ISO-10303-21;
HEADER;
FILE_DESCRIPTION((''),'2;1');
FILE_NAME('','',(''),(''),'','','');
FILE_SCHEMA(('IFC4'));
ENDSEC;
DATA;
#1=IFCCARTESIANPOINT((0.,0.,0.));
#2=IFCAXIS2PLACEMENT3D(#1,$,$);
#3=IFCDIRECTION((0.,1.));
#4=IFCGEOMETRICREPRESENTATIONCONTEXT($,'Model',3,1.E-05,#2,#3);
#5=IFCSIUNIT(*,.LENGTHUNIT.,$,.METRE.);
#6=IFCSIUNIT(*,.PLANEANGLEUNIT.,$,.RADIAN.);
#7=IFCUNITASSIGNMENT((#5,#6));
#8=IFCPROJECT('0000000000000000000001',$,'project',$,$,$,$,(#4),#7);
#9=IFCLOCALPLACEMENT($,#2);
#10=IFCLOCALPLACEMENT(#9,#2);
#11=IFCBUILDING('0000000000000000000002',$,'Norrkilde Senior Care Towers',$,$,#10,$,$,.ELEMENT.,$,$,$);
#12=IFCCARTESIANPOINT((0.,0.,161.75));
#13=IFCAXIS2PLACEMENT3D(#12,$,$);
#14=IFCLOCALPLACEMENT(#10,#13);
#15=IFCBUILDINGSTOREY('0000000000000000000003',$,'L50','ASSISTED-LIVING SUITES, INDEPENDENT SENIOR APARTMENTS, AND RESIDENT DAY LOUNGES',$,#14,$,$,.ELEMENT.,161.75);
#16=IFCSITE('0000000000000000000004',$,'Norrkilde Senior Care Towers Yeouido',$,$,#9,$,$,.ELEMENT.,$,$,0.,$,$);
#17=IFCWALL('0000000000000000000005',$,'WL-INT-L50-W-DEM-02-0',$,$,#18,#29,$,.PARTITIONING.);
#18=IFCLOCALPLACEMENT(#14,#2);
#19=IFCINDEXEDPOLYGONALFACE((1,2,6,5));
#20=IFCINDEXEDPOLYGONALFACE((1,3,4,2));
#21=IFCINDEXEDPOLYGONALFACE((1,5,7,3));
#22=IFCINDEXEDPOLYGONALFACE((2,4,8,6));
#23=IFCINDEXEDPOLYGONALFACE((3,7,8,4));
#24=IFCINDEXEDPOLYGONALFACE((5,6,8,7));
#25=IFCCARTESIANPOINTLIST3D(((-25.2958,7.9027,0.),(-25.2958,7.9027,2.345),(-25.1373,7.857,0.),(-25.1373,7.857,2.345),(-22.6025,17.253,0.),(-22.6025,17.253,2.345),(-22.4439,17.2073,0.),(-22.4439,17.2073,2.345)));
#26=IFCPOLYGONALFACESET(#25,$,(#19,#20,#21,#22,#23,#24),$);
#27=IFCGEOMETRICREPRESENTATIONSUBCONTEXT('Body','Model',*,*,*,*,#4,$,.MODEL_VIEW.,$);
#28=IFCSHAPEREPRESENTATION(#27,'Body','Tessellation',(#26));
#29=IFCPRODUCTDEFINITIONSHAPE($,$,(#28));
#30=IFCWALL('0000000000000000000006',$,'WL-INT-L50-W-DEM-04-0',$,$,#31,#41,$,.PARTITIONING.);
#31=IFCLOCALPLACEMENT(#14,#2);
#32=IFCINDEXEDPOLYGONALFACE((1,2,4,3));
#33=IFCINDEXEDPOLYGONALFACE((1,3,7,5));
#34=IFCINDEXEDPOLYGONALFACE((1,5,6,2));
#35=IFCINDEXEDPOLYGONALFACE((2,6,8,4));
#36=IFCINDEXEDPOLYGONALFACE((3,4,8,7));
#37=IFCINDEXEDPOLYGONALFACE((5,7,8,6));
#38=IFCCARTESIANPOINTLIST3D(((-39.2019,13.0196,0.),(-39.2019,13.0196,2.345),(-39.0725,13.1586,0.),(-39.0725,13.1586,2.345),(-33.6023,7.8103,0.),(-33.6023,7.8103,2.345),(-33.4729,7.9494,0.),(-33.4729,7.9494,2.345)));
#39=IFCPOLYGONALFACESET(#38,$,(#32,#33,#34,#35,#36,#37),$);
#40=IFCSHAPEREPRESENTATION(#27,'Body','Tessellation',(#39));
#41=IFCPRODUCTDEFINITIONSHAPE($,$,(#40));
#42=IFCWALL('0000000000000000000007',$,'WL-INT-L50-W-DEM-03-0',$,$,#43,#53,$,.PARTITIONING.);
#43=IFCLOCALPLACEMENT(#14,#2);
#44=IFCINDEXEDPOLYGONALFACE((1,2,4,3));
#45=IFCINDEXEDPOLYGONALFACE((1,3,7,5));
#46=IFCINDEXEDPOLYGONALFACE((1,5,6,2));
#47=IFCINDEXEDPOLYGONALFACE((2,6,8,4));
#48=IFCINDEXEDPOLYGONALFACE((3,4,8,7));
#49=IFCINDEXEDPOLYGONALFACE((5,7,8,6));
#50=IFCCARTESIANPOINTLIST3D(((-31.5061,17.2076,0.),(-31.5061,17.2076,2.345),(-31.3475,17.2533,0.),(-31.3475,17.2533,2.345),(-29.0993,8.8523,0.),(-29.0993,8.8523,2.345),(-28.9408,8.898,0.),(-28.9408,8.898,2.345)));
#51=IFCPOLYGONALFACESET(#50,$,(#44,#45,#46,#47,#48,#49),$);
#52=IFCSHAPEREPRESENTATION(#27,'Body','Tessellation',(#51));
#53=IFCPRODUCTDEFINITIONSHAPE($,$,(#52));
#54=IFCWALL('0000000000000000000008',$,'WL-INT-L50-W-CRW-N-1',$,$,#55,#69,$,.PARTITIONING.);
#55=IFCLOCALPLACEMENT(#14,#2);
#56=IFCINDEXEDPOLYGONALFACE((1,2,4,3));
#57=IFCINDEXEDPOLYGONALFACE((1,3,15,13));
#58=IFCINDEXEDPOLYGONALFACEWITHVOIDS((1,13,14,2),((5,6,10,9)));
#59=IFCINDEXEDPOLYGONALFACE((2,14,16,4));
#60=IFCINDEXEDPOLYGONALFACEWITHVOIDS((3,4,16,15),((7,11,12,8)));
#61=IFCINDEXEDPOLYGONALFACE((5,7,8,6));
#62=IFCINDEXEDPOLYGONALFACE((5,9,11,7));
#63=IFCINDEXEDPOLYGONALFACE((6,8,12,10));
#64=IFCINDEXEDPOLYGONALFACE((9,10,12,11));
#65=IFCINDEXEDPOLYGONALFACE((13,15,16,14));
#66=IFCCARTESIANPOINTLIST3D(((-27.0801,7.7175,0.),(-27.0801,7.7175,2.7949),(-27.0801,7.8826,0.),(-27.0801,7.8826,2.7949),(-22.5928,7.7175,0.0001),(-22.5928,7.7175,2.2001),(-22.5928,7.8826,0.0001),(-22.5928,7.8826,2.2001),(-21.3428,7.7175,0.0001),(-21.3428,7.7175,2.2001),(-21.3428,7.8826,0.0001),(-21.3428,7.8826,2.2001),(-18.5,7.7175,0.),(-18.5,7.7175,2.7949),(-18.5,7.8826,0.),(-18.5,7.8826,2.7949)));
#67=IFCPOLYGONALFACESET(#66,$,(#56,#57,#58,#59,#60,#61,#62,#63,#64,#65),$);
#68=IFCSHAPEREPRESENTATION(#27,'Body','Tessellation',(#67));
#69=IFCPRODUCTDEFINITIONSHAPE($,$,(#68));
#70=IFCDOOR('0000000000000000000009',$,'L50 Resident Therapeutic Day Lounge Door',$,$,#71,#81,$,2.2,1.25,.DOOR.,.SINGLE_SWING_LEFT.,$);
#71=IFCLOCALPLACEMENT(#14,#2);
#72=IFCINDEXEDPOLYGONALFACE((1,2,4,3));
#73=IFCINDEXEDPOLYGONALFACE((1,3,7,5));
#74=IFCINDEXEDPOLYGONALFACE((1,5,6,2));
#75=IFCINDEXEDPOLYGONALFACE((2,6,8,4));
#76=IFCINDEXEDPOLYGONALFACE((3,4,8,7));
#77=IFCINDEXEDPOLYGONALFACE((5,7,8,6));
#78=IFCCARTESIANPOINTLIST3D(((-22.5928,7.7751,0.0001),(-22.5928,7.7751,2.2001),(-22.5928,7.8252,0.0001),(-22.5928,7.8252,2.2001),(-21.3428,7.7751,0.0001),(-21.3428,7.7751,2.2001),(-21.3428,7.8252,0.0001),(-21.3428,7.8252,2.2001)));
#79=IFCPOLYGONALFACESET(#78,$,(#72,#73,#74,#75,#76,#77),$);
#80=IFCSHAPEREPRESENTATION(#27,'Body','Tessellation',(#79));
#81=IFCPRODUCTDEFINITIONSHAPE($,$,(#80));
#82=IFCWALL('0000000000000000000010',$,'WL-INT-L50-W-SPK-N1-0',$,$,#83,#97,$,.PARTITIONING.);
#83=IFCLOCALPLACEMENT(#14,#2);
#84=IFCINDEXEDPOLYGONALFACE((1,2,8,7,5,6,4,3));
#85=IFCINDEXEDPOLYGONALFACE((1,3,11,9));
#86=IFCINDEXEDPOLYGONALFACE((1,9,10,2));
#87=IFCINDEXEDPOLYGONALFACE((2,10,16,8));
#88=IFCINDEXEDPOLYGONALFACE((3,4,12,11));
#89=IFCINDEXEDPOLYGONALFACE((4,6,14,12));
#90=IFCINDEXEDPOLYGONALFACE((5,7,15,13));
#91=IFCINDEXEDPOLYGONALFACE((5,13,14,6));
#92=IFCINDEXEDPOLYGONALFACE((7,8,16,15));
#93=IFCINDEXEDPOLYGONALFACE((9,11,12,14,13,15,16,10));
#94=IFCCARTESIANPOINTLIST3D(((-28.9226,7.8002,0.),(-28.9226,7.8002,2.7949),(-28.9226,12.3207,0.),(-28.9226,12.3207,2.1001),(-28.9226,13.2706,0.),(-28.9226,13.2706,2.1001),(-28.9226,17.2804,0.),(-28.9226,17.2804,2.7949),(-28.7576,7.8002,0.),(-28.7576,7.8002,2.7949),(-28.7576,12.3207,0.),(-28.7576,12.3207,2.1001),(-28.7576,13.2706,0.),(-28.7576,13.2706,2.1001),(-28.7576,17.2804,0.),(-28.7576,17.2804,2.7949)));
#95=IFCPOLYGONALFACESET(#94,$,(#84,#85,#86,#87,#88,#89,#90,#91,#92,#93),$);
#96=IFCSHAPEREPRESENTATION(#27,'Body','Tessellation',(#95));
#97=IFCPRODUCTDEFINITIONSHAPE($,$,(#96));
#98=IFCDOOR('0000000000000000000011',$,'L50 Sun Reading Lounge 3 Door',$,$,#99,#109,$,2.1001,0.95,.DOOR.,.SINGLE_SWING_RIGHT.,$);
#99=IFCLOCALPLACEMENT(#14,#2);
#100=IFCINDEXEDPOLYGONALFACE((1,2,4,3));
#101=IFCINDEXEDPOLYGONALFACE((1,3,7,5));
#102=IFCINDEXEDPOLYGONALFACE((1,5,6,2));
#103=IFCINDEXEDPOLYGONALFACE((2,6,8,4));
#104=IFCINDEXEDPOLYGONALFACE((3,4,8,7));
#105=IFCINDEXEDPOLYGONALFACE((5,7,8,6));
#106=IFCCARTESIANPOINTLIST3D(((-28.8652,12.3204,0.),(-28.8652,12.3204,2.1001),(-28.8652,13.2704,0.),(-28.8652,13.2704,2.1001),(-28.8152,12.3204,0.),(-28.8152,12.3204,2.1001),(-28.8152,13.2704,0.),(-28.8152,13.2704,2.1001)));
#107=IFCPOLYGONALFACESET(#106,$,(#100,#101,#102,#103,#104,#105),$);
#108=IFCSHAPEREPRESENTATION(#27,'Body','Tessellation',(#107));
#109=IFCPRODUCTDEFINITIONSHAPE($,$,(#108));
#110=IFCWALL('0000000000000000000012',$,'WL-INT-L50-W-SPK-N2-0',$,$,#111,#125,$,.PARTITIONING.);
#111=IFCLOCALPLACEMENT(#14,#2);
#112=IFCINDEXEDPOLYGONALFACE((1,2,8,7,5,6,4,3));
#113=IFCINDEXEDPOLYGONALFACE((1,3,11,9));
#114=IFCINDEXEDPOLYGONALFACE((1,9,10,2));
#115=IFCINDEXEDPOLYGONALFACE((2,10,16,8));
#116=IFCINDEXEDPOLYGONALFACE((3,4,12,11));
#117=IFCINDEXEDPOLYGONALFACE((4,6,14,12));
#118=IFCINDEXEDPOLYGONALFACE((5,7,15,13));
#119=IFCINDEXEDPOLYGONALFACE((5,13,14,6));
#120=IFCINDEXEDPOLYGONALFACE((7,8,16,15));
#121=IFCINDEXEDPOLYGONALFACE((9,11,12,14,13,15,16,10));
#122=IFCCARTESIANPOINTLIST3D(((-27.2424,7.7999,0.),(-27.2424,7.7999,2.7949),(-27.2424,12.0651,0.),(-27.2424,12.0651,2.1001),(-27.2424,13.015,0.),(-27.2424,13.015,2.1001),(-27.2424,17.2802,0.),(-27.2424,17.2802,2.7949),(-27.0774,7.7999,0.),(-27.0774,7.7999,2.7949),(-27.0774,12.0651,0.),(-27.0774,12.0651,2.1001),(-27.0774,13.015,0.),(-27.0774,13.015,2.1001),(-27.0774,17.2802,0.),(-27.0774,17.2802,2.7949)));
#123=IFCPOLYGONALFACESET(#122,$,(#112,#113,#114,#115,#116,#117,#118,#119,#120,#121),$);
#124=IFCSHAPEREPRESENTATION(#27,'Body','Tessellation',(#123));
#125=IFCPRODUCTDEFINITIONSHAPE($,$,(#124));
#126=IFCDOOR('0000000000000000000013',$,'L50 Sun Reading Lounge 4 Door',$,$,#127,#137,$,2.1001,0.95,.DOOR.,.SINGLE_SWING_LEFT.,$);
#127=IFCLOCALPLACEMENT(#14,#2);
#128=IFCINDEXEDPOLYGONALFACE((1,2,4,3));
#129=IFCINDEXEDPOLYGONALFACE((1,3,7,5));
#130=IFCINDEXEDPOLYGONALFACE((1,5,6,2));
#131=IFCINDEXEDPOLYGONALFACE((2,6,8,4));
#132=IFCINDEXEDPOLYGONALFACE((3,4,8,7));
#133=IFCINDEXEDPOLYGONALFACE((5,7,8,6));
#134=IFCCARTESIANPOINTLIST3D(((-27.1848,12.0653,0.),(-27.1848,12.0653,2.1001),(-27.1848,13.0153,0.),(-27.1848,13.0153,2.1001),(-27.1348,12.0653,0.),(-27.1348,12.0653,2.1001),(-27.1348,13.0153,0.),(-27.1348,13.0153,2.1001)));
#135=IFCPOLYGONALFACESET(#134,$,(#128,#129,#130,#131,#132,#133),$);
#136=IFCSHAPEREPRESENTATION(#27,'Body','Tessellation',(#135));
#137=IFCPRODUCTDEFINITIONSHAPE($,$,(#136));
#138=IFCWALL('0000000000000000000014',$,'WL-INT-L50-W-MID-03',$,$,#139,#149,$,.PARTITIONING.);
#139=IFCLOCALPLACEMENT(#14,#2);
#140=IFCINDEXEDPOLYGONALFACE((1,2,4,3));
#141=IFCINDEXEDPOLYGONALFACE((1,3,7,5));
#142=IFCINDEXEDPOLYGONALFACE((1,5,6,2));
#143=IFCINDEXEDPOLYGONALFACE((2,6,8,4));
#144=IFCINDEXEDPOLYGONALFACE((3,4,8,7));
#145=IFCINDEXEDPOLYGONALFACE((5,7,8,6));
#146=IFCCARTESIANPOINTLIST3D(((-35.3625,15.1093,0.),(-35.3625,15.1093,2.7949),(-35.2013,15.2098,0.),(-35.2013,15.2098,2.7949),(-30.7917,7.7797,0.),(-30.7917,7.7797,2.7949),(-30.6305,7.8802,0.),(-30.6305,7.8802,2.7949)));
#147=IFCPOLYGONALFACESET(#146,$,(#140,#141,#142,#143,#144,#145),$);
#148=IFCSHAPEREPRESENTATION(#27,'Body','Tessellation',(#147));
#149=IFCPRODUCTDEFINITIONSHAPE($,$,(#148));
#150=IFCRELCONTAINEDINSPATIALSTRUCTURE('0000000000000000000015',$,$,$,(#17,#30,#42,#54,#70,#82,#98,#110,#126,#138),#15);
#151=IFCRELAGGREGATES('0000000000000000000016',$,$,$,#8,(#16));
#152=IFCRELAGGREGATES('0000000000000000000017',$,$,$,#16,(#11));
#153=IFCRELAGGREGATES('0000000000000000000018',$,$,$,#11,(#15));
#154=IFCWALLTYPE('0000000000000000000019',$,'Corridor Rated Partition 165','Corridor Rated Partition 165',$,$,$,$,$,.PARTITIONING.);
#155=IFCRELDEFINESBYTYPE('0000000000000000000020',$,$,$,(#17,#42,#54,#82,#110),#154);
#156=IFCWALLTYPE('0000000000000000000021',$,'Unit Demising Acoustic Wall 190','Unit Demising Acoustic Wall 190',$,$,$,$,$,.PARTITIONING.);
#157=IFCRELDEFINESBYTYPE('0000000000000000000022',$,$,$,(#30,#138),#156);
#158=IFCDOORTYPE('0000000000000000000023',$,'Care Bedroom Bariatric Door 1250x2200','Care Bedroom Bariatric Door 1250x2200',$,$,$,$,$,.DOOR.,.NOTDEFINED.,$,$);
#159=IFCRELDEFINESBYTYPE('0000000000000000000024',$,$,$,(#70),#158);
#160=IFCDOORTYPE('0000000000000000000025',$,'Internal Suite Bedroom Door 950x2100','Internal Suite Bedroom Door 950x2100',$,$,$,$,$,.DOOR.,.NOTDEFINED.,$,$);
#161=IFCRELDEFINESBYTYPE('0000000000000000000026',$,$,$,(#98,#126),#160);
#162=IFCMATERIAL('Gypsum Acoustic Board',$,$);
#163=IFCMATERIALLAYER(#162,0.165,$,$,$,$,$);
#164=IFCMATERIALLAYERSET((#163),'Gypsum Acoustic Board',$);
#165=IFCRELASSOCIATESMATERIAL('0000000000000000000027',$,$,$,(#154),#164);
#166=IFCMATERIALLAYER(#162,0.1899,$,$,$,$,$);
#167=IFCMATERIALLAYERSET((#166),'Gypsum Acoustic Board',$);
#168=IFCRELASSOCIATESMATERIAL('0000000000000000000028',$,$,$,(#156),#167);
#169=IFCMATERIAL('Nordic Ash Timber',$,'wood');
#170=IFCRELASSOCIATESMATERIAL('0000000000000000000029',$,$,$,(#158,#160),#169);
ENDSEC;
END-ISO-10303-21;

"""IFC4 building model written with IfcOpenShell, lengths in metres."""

from ifc_helpers import new_model, si_unit, direction, frame, frame_2d, origin, place, context, subcontext, project, spatial, rectangle, extrude, source, transform, mapped, material, layer, layer_set, type_object, type_shapes, element, fill, save


model = new_model("IFC4")

# Units and contexts
model_context = context("Model", 3, precision=1e-05, world=origin(), true_north=direction((0.0, 1.0)))
body_context = subcontext(model_context, "Body", "Model", "MODEL_VIEW")
ifc_project = project(units=[si_unit("LENGTHUNIT", "METRE"), si_unit("PLANEANGLEUNIT", "RADIAN")], contexts=[model_context])

# Site, building, storey
site_placement = place(None, origin())
site = spatial("IfcSite", under=ifc_project, at=site_placement, Name="Norrkilde Senior Care Towers Yeouido", CompositionType="ELEMENT", RefElevation=0.0)
building_placement = place(site_placement, origin())
building = spatial("IfcBuilding", under=site, at=building_placement, Name="Norrkilde Senior Care Towers", CompositionType="ELEMENT")
storey_placement = place(building_placement, frame((0.0, 0.0, 161.75)))
storey = spatial("IfcBuildingStorey", under=building, at=storey_placement, Name="L50", Description="ASSISTED-LIVING SUITES, INDEPENDENT SENIOR APARTMENTS, AND RESIDENT DAY LOUNGES", CompositionType="ELEMENT", Elevation=161.75)

# Walls
ifc_material_1 = material(Name="Gypsum Acoustic Board")
ifc_layer_1 = layer(ifc_material_1, 0.165)
ifc_layer_set_1 = layer_set([ifc_layer_1], Name="Gypsum Acoustic Board")
wall_type_1 = type_object("IfcWallType", Name="Corridor Rated Partition 165", Description="Corridor Rated Partition 165", PredefinedType="PARTITIONING", material=ifc_layer_set_1)
shared_shape_1 = source(origin(), body_context, "Body", "SweptSolid", [
    extrude(rectangle(XDim=9.7305, YDim=0.165, at=frame_2d((4.8652, 0.0))), origin(), (0.0, 0.0, 1.0), 2.345),
])
wall_1_placement = place(storey_placement, frame((-25.2166, 7.8799, 0.0), z_axis=(0.0, 0.0, 1.0), x_axis=(0.276795, 0.960929, 0.0)))
element("IfcWall", 1, at=wall_1_placement, inside=storey, type_object=wall_type_1, Name="WL-INT-L50-W-DEM-02-0", PredefinedType="PARTITIONING", context=body_context, shape_type="MappedRepresentation", body=[
    mapped(shared_shape_1, transform((0.0, 0.0, 0.0), x_axis=(1.0, 0.0, 0.0), y_axis=(0.0, 1.0, 0.0), z_axis=(0.0, 0.0, 1.0), scale=1.0)),
])
ifc_layer_2 = layer(ifc_material_1, 0.1899)
ifc_layer_set_2 = layer_set([ifc_layer_2], Name="Gypsum Acoustic Board")
wall_type_2 = type_object("IfcWallType", Name="Unit Demising Acoustic Wall 190", Description="Unit Demising Acoustic Wall 190", PredefinedType="PARTITIONING", material=ifc_layer_set_2)
shared_shape_2 = source(origin(), body_context, "Body", "SweptSolid", [
    extrude(rectangle(XDim=7.6479, YDim=0.1899, at=frame_2d((3.824, 0.0))), origin(), (0.0, 0.0, 1.0), 2.345),
])
wall_2_placement = place(storey_placement, frame((-33.5376, 7.8799, 0.0), z_axis=(0.0, 0.0, 1.0), x_axis=(-0.732168, 0.681124, 0.0)))
element("IfcWall", 2, at=wall_2_placement, inside=storey, type_object=wall_type_2, Name="WL-INT-L50-W-DEM-04-0", PredefinedType="PARTITIONING", context=body_context, shape_type="MappedRepresentation", body=[
    mapped(shared_shape_2, transform((0.0, 0.0, 0.0), x_axis=(1.0, 0.0, 0.0), y_axis=(0.0, 1.0, 0.0), z_axis=(0.0, 0.0, 1.0), scale=1.0)),
])
shared_shape_3 = source(origin(), body_context, "Body", "SweptSolid", [
    extrude(rectangle(XDim=8.6951, YDim=0.165, at=frame_2d((4.3477, 0.0))), origin(), (0.0, 0.0, 1.0), 2.345),
])
wall_3_placement = place(storey_placement, frame((-29.02, 8.875, 0.0), z_axis=(0.0, 0.0, 1.0), x_axis=(-0.276797, 0.960928, 0.0)))
element("IfcWall", 3, at=wall_3_placement, inside=storey, type_object=wall_type_1, Name="WL-INT-L50-W-DEM-03-0", PredefinedType="PARTITIONING", context=body_context, shape_type="MappedRepresentation", body=[
    mapped(shared_shape_3, transform((0.0, 0.0, 0.0), x_axis=(1.0, 0.0, 0.0), y_axis=(0.0, 1.0, 0.0), z_axis=(0.0, 0.0, 1.0), scale=1.0)),
])

# Walls, openings, doors
shared_shape_4 = source(origin(), body_context, "Body", "SweptSolid", [
    extrude(rectangle(XDim=8.5801, YDim=0.165, at=frame_2d((4.29, 0.0))), origin(), (0.0, 0.0, 1.0), 2.7949),
])
wall_4_placement = place(storey_placement, frame((-27.0801, 7.8, 0.0), z_axis=(0.0, 0.0, 1.0), x_axis=(1.0, 0.0, 0.0)))
wall_4 = element("IfcWall", 4, at=wall_4_placement, inside=storey, type_object=wall_type_1, Name="WL-INT-L50-W-CRW-N-1", PredefinedType="PARTITIONING", context=body_context, shape_type="MappedRepresentation", body=[
    mapped(shared_shape_4, transform((0.0, 0.0, 0.0), x_axis=(1.0, 0.0, 0.0), y_axis=(0.0, 1.0, 0.0), z_axis=(0.0, 0.0, 1.0), scale=1.0)),
])
opening_1_placement = place(wall_4_placement, frame((4.4873, 0.0, 0.0)))
opening_1 = element("IfcOpeningElement", 5, at=opening_1_placement, cuts=wall_4, PredefinedType="OPENING", context=body_context, shape_type="SweptSolid", body=[
    extrude(rectangle(XDim=1.25, YDim=2.2, at=frame_2d((0.625, 1.1001))), frame((0.0, 0.0925, 0.0), z_axis=(0.0, -1.0, 0.0), x_axis=(1.0, 0.0, 0.0)), (0.0, 0.0, 1.0), 0.1851),
])
ifc_material_2 = material(Name="Nordic Ash Timber", Category="wood")
door_type_1 = type_object("IfcDoorType", Name="Care Bedroom Bariatric Door 1250x2200", Description="Care Bedroom Bariatric Door 1250x2200", OperationType="NOTDEFINED", PredefinedType="DOOR", material=ifc_material_2)
shared_shape_5 = source(origin(), body_context, "Body", "SweptSolid", [
    extrude(rectangle(XDim=1.25, YDim=2.2, at=frame_2d((0.625, 1.1001))), frame((0.0, 0.0249, 0.0), z_axis=(0.0, -1.0, 0.0), x_axis=(1.0, 0.0, 0.0)), (0.0, 0.0, 1.0), 0.05),
])
type_shapes(door_type_1, [shared_shape_5])
door_1_placement = place(opening_1_placement, frame((1.25, 0.0, 0.0), z_axis=(0.0, 0.0, 1.0), x_axis=(-1.0, 0.0, 0.0)))
door_1 = element("IfcDoor", 6, at=door_1_placement, inside=storey, type_object=door_type_1, Name="L50 Resident Therapeutic Day Lounge Door", OperationType="SINGLE_SWING_LEFT", OverallHeight=2.2, OverallWidth=1.25, PredefinedType="DOOR", context=body_context, shape_type="MappedRepresentation", body=[
    mapped(shared_shape_5, transform((0.0, 0.0, 0.0), x_axis=(1.0, 0.0, 0.0), y_axis=(0.0, 1.0, 0.0), z_axis=(0.0, 0.0, 1.0), scale=1.0)),
])
fill(opening_1, door_1)
shared_shape_6 = source(origin(), body_context, "Body", "SweptSolid", [
    extrude(rectangle(XDim=9.4802, YDim=0.165, at=frame_2d((4.7402, 0.0))), origin(), (0.0, 0.0, 1.0), 2.7949),
])
type_shapes(wall_type_1, [shared_shape_1, shared_shape_3, shared_shape_4, shared_shape_6])
wall_5_placement = place(storey_placement, frame((-28.8401, 7.8, 0.0), z_axis=(0.0, 0.0, 1.0), x_axis=(0.0, 1.0, 0.0)))
wall_5 = element("IfcWall", 7, at=wall_5_placement, inside=storey, type_object=wall_type_1, Name="WL-INT-L50-W-SPK-N1-0", PredefinedType="PARTITIONING", context=body_context, shape_type="MappedRepresentation", body=[
    mapped(shared_shape_6, transform((0.0, 0.0, 0.0), x_axis=(1.0, 0.0, 0.0), y_axis=(0.0, 1.0, 0.0), z_axis=(0.0, 0.0, 1.0), scale=1.0)),
])
opening_2_placement = place(wall_5_placement, frame((4.5205, 0.0, 0.0)))
opening_2 = element("IfcOpeningElement", 8, at=opening_2_placement, cuts=wall_5, PredefinedType="OPENING", context=body_context, shape_type="SweptSolid", body=[
    extrude(rectangle(XDim=0.95, YDim=2.1001, at=frame_2d((0.4751, 1.05))), frame((0.0, 0.0925, 0.0), z_axis=(0.0, -1.0, 0.0), x_axis=(1.0, 0.0, 0.0)), (0.0, 0.0, 1.0), 0.1851),
])
door_type_2 = type_object("IfcDoorType", Name="Internal Suite Bedroom Door 950x2100", Description="Internal Suite Bedroom Door 950x2100", OperationType="NOTDEFINED", PredefinedType="DOOR", material=ifc_material_2)
shared_shape_7 = source(origin(), body_context, "Body", "SweptSolid", [
    extrude(rectangle(XDim=0.95, YDim=2.1001, at=frame_2d((0.4751, 1.05))), frame((0.0, 0.0249, 0.0), z_axis=(0.0, -1.0, 0.0), x_axis=(1.0, 0.0, 0.0)), (0.0, 0.0, 1.0), 0.05),
])
type_shapes(door_type_2, [shared_shape_7])
door_2_placement = place(opening_2_placement, frame((0.95, 0.0, 0.0), z_axis=(0.0, 0.0, 1.0), x_axis=(-1.0, 0.0, 0.0)))
door_2 = element("IfcDoor", 9, at=door_2_placement, inside=storey, type_object=door_type_2, Name="L50 Sun Reading Lounge 3 Door", OperationType="SINGLE_SWING_RIGHT", OverallHeight=2.1001, OverallWidth=0.95, PredefinedType="DOOR", context=body_context, shape_type="MappedRepresentation", body=[
    mapped(shared_shape_7, transform((0.0, 0.0, 0.0), x_axis=(1.0, 0.0, 0.0), y_axis=(0.0, 1.0, 0.0), z_axis=(0.0, 0.0, 1.0), scale=1.0)),
])
fill(opening_2, door_2)
wall_6_placement = place(storey_placement, frame((-27.1599, 17.2803, 0.0), z_axis=(0.0, 0.0, 1.0), x_axis=(0.0, -1.0, 0.0)))
wall_6 = element("IfcWall", 10, at=wall_6_placement, inside=storey, type_object=wall_type_1, Name="WL-INT-L50-W-SPK-N2-0", PredefinedType="PARTITIONING", context=body_context, shape_type="MappedRepresentation", body=[
    mapped(shared_shape_6, transform((0.0, 0.0, 0.0), x_axis=(1.0, 0.0, 0.0), y_axis=(0.0, 1.0, 0.0), z_axis=(0.0, 0.0, 1.0), scale=1.0)),
])
opening_3_placement = place(wall_6_placement, frame((4.2651, 0.0, 0.0)))
opening_3 = element("IfcOpeningElement", 11, at=opening_3_placement, cuts=wall_6, PredefinedType="OPENING", context=body_context, shape_type="SweptSolid", body=[
    extrude(rectangle(XDim=0.95, YDim=2.1001, at=frame_2d((0.4751, 1.05))), frame((0.0, 0.0925, 0.0), z_axis=(0.0, -1.0, 0.0), x_axis=(1.0, 0.0, 0.0)), (0.0, 0.0, 1.0), 0.1851),
])
door_3_placement = place(opening_3_placement, frame((0.95, 0.0, 0.0), z_axis=(0.0, 0.0, 1.0), x_axis=(-1.0, 0.0, 0.0)))
door_3 = element("IfcDoor", 12, at=door_3_placement, inside=storey, type_object=door_type_2, Name="L50 Sun Reading Lounge 4 Door", OperationType="SINGLE_SWING_LEFT", OverallHeight=2.1001, OverallWidth=0.95, PredefinedType="DOOR", context=body_context, shape_type="MappedRepresentation", body=[
    mapped(shared_shape_7, transform((0.0, 0.0, 0.0), x_axis=(1.0, 0.0, 0.0), y_axis=(0.0, 1.0, 0.0), z_axis=(0.0, 0.0, 1.0), scale=1.0)),
])
fill(opening_3, door_3)

# Wall
shared_shape_8 = source(origin(), body_context, "Body", "SweptSolid", [
    extrude(rectangle(XDim=8.6379, YDim=0.1899, at=frame_2d((4.3188, 0.0))), origin(), (0.0, 0.0, 1.0), 2.7949),
])
type_shapes(wall_type_2, [shared_shape_2, shared_shape_8])
wall_7_placement = place(storey_placement, frame((-30.7112, 7.8301, 0.0), z_axis=(0.0, 0.0, 1.0), x_axis=(-0.52915, 0.848528, 0.0)))
element("IfcWall", 13, at=wall_7_placement, inside=storey, type_object=wall_type_2, Name="WL-INT-L50-W-MID-03", PredefinedType="PARTITIONING", context=body_context, shape_type="MappedRepresentation", body=[
    mapped(shared_shape_8, transform((0.0, 0.0, 0.0), x_axis=(1.0, 0.0, 0.0), y_axis=(0.0, 1.0, 0.0), z_axis=(0.0, 0.0, 1.0), scale=1.0)),
])

save(model, "model.ifc")
